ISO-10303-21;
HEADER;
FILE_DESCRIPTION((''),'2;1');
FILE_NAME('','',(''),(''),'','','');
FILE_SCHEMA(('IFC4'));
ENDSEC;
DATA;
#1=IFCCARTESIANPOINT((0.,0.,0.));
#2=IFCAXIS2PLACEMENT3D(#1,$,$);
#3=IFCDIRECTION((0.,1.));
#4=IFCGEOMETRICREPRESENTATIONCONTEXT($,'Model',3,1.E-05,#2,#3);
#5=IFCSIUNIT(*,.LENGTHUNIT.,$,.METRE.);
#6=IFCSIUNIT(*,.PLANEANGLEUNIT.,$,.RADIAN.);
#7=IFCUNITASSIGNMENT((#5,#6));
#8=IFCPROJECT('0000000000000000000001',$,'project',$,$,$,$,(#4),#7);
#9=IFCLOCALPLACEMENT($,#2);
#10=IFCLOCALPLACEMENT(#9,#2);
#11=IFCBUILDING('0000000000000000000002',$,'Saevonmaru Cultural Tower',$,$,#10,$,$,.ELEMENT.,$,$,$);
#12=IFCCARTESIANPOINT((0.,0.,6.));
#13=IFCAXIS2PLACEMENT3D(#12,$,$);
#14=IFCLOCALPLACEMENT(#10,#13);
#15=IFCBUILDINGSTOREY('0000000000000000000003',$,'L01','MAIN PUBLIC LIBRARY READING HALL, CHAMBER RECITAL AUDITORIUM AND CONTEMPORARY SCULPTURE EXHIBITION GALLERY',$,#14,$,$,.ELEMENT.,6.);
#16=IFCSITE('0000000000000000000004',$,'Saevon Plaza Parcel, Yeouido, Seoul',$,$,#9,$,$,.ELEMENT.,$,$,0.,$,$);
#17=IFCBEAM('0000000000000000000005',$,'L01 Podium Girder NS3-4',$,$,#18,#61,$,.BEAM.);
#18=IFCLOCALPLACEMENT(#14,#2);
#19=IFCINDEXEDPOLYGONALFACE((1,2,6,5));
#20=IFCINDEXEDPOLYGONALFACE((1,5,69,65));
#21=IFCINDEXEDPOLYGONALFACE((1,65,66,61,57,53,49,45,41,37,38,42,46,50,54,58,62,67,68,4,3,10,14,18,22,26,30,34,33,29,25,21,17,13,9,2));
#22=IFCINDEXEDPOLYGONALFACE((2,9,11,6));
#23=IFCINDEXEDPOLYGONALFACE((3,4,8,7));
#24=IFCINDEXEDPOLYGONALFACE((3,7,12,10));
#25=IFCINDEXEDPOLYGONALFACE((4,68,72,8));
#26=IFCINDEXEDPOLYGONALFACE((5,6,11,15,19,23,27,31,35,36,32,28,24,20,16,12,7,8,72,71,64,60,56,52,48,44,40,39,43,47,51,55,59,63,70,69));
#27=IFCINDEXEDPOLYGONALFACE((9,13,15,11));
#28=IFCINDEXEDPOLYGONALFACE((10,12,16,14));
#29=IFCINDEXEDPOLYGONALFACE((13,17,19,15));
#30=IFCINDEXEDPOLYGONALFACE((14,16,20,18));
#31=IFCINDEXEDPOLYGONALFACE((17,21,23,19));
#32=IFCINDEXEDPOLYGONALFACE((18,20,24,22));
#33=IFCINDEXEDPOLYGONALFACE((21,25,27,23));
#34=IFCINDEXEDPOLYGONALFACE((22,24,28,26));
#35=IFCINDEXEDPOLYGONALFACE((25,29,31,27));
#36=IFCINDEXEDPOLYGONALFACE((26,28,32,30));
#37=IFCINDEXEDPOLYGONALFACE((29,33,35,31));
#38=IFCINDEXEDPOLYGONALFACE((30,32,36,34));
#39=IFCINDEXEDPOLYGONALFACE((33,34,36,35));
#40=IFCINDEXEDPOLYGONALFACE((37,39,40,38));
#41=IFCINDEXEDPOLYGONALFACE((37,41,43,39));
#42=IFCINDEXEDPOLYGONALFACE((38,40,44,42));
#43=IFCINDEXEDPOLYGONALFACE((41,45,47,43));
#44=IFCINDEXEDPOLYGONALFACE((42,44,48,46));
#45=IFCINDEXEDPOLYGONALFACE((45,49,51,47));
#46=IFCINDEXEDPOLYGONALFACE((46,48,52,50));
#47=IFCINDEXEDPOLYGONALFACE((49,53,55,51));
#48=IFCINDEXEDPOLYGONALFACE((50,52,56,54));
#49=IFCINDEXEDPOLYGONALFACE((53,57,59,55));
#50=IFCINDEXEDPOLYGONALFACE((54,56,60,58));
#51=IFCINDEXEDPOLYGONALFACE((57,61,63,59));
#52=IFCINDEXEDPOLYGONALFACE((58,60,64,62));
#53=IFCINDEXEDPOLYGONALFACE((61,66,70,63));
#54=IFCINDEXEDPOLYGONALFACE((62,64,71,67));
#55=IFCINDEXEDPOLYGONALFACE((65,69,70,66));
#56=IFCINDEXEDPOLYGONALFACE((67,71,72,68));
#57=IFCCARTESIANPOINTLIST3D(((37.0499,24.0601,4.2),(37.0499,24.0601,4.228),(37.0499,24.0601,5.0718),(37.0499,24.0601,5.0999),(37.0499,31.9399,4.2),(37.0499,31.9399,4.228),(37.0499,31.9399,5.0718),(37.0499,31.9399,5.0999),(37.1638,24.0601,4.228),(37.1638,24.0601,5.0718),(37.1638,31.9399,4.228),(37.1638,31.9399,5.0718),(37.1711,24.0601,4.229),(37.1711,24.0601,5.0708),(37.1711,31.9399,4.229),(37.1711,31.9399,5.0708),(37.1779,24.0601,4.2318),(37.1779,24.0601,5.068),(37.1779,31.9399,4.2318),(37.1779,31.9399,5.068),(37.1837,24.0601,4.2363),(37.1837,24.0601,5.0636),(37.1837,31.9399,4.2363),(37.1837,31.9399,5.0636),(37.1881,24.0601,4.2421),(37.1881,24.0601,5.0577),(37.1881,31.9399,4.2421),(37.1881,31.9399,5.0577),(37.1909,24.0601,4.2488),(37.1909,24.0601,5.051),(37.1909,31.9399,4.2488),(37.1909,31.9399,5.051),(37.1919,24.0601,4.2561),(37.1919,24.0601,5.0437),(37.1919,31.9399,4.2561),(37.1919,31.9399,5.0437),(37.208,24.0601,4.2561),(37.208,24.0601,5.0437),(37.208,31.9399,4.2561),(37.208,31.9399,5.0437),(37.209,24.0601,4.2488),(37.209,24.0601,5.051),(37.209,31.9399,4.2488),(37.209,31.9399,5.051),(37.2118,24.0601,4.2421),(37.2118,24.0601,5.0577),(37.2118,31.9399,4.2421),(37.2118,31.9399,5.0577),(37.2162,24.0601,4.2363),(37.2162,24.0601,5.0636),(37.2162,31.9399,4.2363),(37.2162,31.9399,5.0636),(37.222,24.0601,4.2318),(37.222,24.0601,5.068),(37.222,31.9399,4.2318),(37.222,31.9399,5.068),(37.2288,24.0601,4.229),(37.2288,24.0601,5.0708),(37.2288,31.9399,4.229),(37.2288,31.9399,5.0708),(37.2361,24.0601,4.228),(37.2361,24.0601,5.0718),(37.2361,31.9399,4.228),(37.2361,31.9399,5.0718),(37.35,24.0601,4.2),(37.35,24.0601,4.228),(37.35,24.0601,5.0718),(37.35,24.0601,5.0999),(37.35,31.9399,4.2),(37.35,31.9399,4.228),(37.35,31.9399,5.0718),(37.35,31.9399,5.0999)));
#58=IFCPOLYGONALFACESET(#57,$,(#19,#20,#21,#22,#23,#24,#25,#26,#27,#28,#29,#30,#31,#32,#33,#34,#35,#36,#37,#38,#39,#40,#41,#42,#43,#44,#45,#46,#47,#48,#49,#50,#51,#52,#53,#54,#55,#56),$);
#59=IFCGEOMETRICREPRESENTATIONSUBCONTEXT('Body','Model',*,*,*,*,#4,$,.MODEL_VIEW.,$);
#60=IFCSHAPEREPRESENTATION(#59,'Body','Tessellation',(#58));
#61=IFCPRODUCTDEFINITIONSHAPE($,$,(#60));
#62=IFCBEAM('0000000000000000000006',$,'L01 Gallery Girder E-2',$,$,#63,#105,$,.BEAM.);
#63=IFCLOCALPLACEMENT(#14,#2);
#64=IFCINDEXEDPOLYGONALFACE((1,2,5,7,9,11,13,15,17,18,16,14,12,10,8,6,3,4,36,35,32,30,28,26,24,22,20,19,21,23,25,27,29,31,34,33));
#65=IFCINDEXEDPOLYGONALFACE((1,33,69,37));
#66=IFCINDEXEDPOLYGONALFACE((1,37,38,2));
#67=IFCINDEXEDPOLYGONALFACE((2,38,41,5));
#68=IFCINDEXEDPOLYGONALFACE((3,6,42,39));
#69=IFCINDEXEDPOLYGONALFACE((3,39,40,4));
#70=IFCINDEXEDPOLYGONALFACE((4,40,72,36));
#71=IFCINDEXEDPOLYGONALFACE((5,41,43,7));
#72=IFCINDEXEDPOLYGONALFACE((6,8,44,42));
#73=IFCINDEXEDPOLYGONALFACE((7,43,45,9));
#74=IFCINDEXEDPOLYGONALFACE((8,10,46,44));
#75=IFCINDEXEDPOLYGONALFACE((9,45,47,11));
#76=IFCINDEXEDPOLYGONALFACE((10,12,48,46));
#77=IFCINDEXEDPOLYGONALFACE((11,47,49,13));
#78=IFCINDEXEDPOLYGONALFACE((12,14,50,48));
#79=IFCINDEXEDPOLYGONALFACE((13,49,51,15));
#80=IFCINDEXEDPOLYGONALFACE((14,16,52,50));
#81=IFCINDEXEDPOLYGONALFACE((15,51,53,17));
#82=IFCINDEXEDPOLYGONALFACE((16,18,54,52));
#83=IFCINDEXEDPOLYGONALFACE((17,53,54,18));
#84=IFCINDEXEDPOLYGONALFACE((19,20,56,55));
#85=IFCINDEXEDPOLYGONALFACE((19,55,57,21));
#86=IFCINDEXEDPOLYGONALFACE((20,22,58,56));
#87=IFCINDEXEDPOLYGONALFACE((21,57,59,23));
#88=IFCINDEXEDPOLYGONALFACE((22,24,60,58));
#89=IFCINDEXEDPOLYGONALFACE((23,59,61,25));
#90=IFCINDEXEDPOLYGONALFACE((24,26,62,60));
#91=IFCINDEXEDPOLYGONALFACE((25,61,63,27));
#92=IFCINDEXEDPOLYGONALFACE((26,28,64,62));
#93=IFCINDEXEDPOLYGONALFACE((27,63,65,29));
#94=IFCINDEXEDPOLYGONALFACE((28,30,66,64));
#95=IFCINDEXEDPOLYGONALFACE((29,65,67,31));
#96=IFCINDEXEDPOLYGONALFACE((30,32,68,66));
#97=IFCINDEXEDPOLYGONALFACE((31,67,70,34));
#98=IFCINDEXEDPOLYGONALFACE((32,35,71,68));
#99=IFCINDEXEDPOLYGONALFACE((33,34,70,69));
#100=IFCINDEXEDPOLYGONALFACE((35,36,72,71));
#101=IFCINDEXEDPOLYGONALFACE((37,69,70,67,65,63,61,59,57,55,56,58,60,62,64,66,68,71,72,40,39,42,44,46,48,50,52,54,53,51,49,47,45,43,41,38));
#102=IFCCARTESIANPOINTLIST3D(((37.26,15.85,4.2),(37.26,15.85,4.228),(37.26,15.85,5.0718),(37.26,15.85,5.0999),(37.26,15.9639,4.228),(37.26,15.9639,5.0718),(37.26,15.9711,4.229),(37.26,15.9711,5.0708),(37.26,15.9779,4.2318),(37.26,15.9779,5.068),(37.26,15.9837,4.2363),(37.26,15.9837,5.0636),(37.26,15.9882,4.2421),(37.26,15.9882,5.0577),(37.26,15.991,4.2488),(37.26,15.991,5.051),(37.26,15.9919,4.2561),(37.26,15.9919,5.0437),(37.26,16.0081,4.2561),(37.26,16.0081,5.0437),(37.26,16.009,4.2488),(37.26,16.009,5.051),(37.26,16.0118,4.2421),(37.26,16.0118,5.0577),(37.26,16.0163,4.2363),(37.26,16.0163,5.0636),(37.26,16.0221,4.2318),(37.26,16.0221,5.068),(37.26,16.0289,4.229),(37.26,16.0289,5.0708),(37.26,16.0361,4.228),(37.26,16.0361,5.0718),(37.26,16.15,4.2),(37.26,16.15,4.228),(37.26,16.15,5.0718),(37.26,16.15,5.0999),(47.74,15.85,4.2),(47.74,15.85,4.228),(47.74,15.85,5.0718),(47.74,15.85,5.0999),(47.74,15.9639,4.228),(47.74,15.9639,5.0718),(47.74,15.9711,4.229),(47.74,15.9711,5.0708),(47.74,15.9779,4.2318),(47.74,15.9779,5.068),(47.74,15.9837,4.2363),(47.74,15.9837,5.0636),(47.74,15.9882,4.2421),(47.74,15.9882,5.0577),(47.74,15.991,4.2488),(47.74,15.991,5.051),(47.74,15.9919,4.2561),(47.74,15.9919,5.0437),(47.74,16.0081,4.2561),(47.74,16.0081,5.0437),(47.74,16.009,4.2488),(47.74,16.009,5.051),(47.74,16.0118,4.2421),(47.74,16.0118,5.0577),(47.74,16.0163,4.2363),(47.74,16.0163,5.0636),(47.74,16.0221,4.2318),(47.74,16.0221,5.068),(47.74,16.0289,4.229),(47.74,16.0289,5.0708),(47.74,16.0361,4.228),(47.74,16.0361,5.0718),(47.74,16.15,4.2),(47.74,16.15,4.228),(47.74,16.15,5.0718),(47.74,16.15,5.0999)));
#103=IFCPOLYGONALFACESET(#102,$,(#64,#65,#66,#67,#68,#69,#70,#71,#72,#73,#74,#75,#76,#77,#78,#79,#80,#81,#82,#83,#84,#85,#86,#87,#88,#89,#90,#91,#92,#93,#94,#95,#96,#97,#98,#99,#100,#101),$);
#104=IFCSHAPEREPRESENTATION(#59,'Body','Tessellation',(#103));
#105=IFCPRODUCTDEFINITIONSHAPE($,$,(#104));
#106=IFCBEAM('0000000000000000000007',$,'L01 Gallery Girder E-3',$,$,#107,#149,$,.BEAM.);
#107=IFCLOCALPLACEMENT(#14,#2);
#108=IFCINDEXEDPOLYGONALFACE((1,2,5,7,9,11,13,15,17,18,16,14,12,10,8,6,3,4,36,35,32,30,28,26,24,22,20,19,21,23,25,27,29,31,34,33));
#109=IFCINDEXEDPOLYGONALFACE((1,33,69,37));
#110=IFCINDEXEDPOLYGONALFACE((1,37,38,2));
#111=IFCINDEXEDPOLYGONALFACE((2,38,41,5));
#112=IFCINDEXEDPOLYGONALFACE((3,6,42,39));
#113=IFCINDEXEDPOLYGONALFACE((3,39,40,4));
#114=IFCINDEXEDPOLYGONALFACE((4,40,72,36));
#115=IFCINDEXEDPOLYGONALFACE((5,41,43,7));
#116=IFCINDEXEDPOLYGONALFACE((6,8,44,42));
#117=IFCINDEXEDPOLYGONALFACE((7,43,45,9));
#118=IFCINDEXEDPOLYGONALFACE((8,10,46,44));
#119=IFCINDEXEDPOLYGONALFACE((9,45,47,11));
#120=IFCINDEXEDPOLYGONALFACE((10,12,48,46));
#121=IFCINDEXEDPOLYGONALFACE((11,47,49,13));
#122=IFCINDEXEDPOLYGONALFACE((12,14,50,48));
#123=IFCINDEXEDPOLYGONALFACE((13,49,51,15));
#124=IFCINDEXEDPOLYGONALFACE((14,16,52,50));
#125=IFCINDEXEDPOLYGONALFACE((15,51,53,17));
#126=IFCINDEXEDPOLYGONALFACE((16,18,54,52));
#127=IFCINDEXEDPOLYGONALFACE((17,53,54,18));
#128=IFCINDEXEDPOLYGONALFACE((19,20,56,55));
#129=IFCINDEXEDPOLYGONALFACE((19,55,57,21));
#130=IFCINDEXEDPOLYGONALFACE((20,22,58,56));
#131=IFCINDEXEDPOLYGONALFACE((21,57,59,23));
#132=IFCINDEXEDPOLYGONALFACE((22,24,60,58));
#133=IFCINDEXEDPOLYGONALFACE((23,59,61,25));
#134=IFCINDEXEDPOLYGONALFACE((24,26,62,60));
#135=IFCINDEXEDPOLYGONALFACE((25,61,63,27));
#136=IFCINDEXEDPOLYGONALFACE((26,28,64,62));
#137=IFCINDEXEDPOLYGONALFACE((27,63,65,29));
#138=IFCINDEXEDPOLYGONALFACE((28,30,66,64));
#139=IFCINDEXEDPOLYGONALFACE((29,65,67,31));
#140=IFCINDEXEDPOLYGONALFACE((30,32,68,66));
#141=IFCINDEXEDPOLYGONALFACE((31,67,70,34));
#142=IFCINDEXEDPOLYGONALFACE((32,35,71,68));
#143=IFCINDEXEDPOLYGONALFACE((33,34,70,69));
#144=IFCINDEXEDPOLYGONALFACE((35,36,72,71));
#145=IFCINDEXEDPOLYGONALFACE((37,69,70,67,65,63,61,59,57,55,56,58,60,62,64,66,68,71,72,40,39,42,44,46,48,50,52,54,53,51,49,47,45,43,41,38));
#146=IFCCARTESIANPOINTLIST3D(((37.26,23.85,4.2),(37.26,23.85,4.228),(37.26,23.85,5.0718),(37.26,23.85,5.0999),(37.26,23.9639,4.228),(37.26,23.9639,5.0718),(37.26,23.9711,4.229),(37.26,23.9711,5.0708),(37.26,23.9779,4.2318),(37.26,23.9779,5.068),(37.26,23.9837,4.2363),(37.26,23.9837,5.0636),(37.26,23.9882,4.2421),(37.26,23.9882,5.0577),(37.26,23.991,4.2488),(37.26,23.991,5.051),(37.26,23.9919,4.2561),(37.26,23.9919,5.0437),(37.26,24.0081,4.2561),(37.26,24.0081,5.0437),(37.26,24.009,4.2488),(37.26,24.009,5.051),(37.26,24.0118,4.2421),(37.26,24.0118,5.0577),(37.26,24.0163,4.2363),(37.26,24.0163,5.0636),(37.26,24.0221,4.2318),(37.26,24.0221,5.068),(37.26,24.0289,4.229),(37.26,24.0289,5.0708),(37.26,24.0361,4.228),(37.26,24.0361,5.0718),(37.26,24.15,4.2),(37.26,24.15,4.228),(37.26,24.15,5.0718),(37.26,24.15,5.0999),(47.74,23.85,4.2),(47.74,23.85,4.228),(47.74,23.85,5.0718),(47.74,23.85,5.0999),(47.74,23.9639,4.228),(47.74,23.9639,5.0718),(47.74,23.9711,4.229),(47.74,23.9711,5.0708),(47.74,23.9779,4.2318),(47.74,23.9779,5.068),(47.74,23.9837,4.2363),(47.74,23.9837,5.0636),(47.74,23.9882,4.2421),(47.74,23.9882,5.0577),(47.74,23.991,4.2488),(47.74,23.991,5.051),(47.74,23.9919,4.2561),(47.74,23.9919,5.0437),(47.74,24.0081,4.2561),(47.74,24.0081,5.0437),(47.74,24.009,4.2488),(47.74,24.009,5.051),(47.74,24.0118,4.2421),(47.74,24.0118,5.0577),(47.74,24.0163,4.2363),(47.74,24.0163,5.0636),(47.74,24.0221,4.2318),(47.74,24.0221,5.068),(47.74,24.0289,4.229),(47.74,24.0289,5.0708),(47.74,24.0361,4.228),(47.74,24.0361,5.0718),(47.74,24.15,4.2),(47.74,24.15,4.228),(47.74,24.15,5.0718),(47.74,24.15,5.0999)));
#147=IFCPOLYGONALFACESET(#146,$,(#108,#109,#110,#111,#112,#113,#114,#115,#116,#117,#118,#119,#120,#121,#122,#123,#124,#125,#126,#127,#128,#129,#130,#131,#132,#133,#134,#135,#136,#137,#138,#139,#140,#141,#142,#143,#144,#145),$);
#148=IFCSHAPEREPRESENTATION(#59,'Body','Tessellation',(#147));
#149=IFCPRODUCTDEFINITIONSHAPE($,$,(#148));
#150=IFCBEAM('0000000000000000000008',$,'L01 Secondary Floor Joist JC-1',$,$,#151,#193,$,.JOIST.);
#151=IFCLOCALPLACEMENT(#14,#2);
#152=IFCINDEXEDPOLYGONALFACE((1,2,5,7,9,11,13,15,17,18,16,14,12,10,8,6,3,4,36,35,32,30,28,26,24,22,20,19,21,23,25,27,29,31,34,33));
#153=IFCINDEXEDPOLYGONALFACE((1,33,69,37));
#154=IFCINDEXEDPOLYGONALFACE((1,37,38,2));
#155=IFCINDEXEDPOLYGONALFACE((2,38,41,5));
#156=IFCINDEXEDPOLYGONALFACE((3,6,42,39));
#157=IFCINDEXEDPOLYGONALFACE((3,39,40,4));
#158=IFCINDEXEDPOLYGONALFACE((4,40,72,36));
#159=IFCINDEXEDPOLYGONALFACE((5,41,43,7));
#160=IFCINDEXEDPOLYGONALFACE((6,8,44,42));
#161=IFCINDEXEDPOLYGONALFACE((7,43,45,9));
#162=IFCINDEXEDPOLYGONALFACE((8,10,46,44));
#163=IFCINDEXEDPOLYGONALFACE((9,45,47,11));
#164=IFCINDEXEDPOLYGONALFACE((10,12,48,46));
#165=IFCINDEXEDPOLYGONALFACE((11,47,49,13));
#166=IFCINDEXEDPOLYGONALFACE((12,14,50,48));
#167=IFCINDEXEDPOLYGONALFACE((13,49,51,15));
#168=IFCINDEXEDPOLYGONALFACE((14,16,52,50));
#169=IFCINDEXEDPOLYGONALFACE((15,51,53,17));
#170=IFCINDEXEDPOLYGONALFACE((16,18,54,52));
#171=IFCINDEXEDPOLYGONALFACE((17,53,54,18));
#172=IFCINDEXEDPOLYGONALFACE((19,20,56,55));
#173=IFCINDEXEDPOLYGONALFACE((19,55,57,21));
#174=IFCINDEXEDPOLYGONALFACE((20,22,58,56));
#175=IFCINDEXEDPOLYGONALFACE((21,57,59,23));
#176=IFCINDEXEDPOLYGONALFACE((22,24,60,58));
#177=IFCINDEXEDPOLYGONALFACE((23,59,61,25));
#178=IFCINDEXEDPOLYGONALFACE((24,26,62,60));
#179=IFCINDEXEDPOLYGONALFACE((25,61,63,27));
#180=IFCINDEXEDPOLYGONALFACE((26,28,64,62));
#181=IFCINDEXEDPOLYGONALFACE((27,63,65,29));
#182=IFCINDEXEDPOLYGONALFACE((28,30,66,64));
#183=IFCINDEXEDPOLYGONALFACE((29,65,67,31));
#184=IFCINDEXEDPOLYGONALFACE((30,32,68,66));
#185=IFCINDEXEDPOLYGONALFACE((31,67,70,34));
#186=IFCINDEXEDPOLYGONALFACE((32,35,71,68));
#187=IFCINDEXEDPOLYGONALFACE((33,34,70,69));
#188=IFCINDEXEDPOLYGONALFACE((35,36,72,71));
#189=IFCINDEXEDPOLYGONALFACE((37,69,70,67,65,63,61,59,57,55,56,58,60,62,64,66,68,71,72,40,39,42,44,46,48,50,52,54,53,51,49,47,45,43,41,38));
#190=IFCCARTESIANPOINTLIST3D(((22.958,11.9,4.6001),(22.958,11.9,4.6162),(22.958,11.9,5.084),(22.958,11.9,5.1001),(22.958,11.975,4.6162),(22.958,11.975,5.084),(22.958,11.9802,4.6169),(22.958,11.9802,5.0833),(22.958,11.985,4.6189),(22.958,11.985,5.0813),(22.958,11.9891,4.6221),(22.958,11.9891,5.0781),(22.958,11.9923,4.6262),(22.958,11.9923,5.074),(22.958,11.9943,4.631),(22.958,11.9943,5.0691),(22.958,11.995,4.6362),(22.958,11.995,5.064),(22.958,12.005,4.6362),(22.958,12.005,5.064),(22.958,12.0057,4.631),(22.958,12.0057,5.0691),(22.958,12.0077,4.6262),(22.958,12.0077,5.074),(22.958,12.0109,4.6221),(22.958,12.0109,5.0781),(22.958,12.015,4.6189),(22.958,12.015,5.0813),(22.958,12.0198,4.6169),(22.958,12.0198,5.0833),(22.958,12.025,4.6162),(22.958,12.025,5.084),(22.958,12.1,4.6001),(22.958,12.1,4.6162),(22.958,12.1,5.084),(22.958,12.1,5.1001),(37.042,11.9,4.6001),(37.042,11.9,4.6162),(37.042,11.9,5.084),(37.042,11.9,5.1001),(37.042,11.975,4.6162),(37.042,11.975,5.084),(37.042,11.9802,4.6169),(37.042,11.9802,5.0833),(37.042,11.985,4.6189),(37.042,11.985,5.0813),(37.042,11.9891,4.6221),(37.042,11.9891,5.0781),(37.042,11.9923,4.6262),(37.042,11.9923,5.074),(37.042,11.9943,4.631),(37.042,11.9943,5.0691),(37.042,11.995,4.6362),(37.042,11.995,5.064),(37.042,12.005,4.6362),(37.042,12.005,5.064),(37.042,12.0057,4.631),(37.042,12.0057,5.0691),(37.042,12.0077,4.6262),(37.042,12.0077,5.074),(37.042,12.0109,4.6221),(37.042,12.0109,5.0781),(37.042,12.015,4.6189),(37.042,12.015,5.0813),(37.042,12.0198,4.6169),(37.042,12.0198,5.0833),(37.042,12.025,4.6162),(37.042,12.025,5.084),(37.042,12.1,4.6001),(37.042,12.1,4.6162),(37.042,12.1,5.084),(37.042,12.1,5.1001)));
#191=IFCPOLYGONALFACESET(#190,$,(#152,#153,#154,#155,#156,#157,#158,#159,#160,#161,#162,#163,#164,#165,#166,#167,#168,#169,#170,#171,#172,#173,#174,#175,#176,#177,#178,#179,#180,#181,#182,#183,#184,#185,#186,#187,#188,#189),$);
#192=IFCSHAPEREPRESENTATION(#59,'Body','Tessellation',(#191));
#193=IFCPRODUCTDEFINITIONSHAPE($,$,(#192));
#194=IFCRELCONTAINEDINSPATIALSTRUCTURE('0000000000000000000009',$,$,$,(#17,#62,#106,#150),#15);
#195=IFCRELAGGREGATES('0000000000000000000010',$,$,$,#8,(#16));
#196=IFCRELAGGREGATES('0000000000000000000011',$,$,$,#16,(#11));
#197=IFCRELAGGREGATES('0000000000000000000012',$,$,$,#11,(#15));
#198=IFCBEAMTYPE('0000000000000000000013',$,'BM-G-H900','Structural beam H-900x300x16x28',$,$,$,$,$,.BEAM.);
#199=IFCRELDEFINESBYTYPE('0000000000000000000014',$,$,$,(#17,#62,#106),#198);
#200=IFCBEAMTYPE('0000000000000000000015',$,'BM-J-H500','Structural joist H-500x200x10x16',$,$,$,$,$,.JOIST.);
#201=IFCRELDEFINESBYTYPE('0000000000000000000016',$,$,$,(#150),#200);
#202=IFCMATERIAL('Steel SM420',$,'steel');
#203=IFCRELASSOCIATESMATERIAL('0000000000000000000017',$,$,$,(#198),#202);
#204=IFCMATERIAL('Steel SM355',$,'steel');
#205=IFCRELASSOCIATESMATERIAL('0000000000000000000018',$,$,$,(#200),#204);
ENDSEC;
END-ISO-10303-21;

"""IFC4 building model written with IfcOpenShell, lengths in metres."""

from ifc_helpers import new_model, si_unit, direction, frame, origin, origin_2d, place, context, subcontext, project, spatial, i_section, extrude, material, material_profile, profile_set, type_object, element, save


model = new_model("IFC4")

# Units and contexts
model_context = context("Model", 3, precision=1e-05, world=origin(), true_north=direction((0.0, 1.0)))
body_context = subcontext(model_context, "Body", "Model", "MODEL_VIEW")
ifc_project = project(units=[si_unit("LENGTHUNIT", "METRE"), si_unit("PLANEANGLEUNIT", "RADIAN")], contexts=[model_context])

# Site, building, storey
site_placement = place(None, origin())
site = spatial("IfcSite", under=ifc_project, at=site_placement, Name="Saevon Plaza Parcel, Yeouido, Seoul", CompositionType="ELEMENT", RefElevation=0.0)
building_placement = place(site_placement, origin())
building = spatial("IfcBuilding", under=site, at=building_placement, Name="Saevonmaru Cultural Tower", CompositionType="ELEMENT")
storey_placement = place(building_placement, frame((0.0, 0.0, 6.0)))
storey = spatial("IfcBuildingStorey", under=building, at=storey_placement, Name="L01", Description="MAIN PUBLIC LIBRARY READING HALL, CHAMBER RECITAL AUDITORIUM AND CONTEMPORARY SCULPTURE EXHIBITION GALLERY", CompositionType="ELEMENT", Elevation=6.0)

# Shared definitions
ifc_material_1 = material(Name="Steel SM420", Category="steel")

# Beams
ifc_material_profile_1 = material_profile(ifc_material_1, i_section(OverallWidth=0.3, OverallDepth=0.8999, WebThickness=0.0161, FlangeThickness=0.0281, FilletRadius=0.0281, at=origin_2d()), Name="H-900x300x16x28")
ifc_profile_set_1 = profile_set([ifc_material_profile_1], Name="Steel SM420")
beam_type_1 = type_object("IfcBeamType", Name="BM-G-H900", Description="Structural beam H-900x300x16x28", PredefinedType="BEAM", material=ifc_profile_set_1)
for number, where, z_axis, x_axis, name in (
    (1, (37.2, 24.0601, 4.6499), (0.0, 1.0, 0.0), (-1.0, 0.0, 0.0), "L01 Podium Girder NS3-4"),
):
    element("IfcBeam", number, at=place(storey_placement, frame(where, z_axis=z_axis, x_axis=x_axis)), inside=storey, type_object=beam_type_1, Name=name, PredefinedType="BEAM", context=body_context, shape_type="SweptSolid", body=[
        extrude(i_section(OverallWidth=0.3, OverallDepth=0.8999, WebThickness=0.0161, FlangeThickness=0.0281, FilletRadius=0.0281, at=origin_2d()), origin(), (0.0, 0.0, 1.0), 7.8799),
    ])
for number, where, z_axis, x_axis, name in (
    (2, (37.26, 16.0, 4.6499), (1.0, 0.0, 0.0), (0.0, 1.0, 0.0), "L01 Gallery Girder E-2"),
    (3, (37.26, 24.0, 4.6499), (1.0, 0.0, 0.0), (0.0, 1.0, 0.0), "L01 Gallery Girder E-3"),
):
    element("IfcBeam", number, at=place(storey_placement, frame(where, z_axis=z_axis, x_axis=x_axis)), inside=storey, type_object=beam_type_1, Name=name, PredefinedType="BEAM", context=body_context, shape_type="SweptSolid", body=[
        extrude(i_section(OverallWidth=0.3, OverallDepth=0.8999, WebThickness=0.0161, FlangeThickness=0.0281, FilletRadius=0.0281, at=origin_2d()), origin(), (0.0, 0.0, 1.0), 10.48),
    ])
ifc_material_2 = material(Name="Steel SM355", Category="steel")
ifc_material_profile_2 = material_profile(ifc_material_2, i_section(OverallWidth=0.2, OverallDepth=0.5, WebThickness=0.01, FlangeThickness=0.0161, FilletRadius=0.02, at=origin_2d()), Name="H-500x200x10x16")
ifc_profile_set_2 = profile_set([ifc_material_profile_2], Name="Steel SM355")
beam_type_2 = type_object("IfcBeamType", Name="BM-J-H500", Description="Structural joist H-500x200x10x16", PredefinedType="JOIST", material=ifc_profile_set_2)
beam_1_placement = place(storey_placement, frame((22.958, 12.0, 4.8501), z_axis=(1.0, 0.0, 0.0), x_axis=(0.0, 1.0, 0.0)))
element("IfcBeam", 4, at=beam_1_placement, inside=storey, type_object=beam_type_2, Name="L01 Secondary Floor Joist JC-1", PredefinedType="JOIST", context=body_context, shape_type="SweptSolid", body=[
    extrude(i_section(OverallWidth=0.2, OverallDepth=0.5, WebThickness=0.01, FlangeThickness=0.0161, FilletRadius=0.02, at=origin_2d()), origin(), (0.0, 0.0, 1.0), 14.084),
])

save(model, "model.ifc")
